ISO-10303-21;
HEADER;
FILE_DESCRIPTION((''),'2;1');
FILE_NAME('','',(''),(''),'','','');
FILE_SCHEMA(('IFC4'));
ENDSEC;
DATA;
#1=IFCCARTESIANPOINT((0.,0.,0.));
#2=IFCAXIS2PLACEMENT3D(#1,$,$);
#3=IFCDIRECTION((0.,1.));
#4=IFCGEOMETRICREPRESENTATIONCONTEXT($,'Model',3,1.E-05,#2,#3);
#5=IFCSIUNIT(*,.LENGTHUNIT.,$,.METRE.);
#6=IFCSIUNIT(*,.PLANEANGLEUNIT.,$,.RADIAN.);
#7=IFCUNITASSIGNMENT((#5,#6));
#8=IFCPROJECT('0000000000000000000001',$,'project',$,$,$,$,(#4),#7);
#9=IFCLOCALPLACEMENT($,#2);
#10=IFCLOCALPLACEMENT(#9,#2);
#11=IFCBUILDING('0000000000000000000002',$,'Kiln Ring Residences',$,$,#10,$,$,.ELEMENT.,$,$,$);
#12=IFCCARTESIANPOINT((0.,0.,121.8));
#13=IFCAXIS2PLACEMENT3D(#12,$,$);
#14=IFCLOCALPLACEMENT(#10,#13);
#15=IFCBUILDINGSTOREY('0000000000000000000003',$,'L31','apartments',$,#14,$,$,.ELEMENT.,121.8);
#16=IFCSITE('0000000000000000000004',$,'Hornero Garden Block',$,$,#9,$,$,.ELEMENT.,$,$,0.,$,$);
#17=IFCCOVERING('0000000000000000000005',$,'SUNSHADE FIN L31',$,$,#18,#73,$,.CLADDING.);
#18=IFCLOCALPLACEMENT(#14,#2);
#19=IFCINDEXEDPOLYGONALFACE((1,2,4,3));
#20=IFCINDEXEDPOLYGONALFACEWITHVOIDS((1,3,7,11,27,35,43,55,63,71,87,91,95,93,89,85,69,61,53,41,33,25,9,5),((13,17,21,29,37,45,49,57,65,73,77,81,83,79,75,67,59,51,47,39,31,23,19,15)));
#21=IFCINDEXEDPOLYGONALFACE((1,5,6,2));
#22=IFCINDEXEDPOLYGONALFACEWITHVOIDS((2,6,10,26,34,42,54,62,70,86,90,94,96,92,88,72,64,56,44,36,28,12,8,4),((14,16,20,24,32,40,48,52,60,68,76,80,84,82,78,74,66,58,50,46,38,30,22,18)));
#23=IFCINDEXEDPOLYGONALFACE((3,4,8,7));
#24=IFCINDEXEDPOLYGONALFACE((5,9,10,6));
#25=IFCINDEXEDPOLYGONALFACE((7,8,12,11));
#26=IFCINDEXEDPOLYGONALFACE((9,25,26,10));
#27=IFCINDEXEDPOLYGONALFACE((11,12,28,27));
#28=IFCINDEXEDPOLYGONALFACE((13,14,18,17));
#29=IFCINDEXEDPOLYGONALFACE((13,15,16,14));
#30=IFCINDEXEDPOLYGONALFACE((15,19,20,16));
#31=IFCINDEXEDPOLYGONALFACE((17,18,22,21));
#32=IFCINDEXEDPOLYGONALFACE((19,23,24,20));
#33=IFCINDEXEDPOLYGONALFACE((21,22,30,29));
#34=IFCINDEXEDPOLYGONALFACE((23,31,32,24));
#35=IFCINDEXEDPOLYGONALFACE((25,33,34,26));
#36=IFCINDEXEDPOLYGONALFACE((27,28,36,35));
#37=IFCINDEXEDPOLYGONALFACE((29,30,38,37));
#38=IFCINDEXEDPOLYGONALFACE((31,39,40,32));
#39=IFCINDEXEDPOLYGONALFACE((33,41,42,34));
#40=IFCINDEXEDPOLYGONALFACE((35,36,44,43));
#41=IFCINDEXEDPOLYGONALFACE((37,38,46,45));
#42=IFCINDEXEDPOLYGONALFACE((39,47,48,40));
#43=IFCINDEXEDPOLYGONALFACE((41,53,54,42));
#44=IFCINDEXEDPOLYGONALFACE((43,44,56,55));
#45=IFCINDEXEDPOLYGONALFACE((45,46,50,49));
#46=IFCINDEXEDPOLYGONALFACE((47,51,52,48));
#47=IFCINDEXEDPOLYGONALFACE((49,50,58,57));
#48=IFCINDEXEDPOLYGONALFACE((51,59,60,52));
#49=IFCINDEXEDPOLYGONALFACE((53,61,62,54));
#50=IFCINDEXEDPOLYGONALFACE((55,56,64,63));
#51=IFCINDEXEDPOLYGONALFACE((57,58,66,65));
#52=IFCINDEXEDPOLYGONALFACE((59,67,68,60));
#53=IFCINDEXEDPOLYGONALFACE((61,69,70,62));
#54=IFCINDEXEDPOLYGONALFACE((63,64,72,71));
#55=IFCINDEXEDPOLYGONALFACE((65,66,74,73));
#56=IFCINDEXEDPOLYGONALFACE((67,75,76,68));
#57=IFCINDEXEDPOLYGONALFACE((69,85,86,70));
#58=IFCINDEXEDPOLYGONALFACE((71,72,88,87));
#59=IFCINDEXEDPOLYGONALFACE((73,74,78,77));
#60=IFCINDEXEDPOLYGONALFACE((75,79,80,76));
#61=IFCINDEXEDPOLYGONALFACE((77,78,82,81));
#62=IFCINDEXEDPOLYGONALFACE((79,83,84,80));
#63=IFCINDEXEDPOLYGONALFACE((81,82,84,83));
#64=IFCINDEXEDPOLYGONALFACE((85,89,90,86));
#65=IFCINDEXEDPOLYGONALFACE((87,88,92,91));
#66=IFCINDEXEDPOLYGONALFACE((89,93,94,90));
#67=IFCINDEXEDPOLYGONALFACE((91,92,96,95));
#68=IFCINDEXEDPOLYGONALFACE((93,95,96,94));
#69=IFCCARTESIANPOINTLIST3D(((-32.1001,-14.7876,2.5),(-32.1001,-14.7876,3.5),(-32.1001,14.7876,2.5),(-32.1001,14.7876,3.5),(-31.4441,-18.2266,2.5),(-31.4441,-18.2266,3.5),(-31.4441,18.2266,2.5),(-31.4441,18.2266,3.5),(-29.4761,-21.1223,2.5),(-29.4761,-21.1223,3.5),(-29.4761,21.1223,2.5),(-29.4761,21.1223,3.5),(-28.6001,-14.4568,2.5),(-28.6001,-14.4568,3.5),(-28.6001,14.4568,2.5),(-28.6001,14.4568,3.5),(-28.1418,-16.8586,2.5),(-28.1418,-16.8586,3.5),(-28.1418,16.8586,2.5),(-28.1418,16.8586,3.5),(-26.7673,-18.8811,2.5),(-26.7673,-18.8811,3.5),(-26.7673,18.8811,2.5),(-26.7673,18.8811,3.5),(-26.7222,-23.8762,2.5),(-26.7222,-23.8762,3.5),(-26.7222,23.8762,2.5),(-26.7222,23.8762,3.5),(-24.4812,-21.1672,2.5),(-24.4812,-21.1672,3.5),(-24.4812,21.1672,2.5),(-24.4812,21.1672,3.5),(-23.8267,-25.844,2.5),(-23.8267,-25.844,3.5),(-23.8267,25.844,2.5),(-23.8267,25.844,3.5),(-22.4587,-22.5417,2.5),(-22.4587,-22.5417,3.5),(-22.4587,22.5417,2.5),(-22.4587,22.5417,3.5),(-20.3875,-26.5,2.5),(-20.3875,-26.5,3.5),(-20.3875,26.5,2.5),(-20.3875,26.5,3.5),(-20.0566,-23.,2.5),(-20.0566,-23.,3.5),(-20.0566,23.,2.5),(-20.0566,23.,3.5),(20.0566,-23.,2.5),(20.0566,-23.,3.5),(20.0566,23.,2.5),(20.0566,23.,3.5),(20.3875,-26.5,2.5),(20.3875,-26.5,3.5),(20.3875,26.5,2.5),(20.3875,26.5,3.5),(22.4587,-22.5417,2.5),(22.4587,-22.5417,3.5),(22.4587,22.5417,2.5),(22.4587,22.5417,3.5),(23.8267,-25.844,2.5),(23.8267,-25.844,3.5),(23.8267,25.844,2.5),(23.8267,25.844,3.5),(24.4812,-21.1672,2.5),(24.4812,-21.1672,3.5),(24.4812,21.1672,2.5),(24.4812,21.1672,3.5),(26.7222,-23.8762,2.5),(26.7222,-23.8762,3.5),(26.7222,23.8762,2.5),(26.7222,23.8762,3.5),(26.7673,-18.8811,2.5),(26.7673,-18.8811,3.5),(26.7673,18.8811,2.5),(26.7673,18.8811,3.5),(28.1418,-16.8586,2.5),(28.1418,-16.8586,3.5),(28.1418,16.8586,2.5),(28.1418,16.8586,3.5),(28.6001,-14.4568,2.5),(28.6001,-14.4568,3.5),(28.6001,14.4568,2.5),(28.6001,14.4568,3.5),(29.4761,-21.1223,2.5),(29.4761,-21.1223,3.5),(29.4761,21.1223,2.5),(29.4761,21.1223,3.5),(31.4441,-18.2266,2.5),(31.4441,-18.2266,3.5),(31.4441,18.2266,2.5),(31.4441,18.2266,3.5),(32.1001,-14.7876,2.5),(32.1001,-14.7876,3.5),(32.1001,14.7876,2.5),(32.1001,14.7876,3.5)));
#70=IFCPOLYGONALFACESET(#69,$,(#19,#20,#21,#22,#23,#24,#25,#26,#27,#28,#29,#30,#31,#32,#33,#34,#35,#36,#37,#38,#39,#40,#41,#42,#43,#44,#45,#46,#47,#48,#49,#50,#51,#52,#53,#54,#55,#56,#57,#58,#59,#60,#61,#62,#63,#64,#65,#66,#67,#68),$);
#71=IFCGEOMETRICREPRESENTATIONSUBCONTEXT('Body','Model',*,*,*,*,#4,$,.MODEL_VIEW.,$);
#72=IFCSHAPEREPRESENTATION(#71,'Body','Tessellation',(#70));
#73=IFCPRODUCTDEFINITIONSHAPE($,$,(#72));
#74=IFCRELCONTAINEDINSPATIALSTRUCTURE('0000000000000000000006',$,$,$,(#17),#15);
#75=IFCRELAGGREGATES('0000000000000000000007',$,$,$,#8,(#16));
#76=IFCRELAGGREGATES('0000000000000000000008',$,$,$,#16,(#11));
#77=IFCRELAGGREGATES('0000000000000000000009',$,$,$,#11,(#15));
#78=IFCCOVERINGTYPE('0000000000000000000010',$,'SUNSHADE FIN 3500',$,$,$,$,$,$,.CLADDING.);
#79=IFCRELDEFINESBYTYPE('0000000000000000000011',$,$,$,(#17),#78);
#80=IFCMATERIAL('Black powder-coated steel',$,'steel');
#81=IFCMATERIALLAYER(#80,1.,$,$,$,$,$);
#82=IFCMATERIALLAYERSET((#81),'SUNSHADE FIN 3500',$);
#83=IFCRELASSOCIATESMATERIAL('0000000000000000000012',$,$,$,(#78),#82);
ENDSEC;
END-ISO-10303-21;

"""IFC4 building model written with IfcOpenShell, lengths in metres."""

from ifc_helpers import new_model, si_unit, direction, frame, origin, place, context, subcontext, project, spatial, polyline, outline, extrude, material, layer, layer_set, type_object, element, save


model = new_model("IFC4")

# Units and contexts
model_context = context("Model", 3, precision=1e-05, world=origin(), true_north=direction((0.0, 1.0)))
body_context = subcontext(model_context, "Body", "Model", "MODEL_VIEW")
ifc_project = project(units=[si_unit("LENGTHUNIT", "METRE"), si_unit("PLANEANGLEUNIT", "RADIAN")], contexts=[model_context])

# Site, building, storey
site_placement = place(None, origin())
site = spatial("IfcSite", under=ifc_project, at=site_placement, Name="Hornero Garden Block", CompositionType="ELEMENT", RefElevation=0.0)
building_placement = place(site_placement, origin())
building = spatial("IfcBuilding", under=site, at=building_placement, Name="Kiln Ring Residences", CompositionType="ELEMENT")
storey_placement = place(building_placement, frame((0.0, 0.0, 121.8)))
storey = spatial("IfcBuildingStorey", under=building, at=storey_placement, Name="L31", Description="apartments", CompositionType="ELEMENT", Elevation=121.8)

# Covering
ifc_material_1 = material(Name="Black powder-coated steel", Category="steel")
ifc_layer_1 = layer(ifc_material_1, 1.0)
ifc_layer_set_1 = layer_set([ifc_layer_1], Name="SUNSHADE FIN 3500")
covering_type = type_object("IfcCoveringType", Name="SUNSHADE FIN 3500", PredefinedType="CLADDING", material=ifc_layer_set_1)
covering_placement = place(storey_placement, frame((0.0, 0.0, 2.5)))
element("IfcCovering", 1, at=covering_placement, inside=storey, type_object=covering_type, Name="SUNSHADE FIN L31", PredefinedType="CLADDING", context=body_context, shape_type="SweptSolid", body=[
    extrude(outline(polyline([(-31.4441, -18.2266), (-29.4761, -21.1223), (-26.7222, -23.8762), (-23.8267, -25.844), (-20.3875, -26.5), (20.3875, -26.5), (23.8267, -25.844), (26.7222, -23.8762), (29.4761, -21.1223), (31.4441, -18.2266), (32.1001, -14.7876), (32.1001, 14.7876), (31.4441, 18.2266), (29.4761, 21.1223), (26.7222, 23.8762), (23.8267, 25.844), (20.3875, 26.5), (-20.3875, 26.5), (-23.8267, 25.844), (-26.7222, 23.8762), (-29.4761, 21.1223), (-31.4441, 18.2266), (-32.1001, 14.7876), (-32.1001, -14.7876), (-31.4441, -18.2266)]), holes=[polyline([(-24.4812, -21.1672), (-26.7673, -18.8811), (-28.1418, -16.8586), (-28.6001, -14.4568), (-28.6001, 14.4568), (-28.1418, 16.8586), (-26.7673, 18.8811), (-24.4812, 21.1672), (-22.4587, 22.5417), (-20.0566, 23.0), (20.0566, 23.0), (22.4587, 22.5417), (24.4812, 21.1672), (26.7673, 18.8811), (28.1418, 16.8586), (28.6001, 14.4568), (28.6001, -14.4568), (28.1418, -16.8586), (26.7673, -18.8811), (24.4812, -21.1672), (22.4587, -22.5417), (20.0566, -23.0), (-20.0566, -23.0), (-22.4587, -22.5417), (-24.4812, -21.1672)])]), origin(), (0.0, 0.0, 1.0), 1.0),
])

save(model, "model.ifc")
